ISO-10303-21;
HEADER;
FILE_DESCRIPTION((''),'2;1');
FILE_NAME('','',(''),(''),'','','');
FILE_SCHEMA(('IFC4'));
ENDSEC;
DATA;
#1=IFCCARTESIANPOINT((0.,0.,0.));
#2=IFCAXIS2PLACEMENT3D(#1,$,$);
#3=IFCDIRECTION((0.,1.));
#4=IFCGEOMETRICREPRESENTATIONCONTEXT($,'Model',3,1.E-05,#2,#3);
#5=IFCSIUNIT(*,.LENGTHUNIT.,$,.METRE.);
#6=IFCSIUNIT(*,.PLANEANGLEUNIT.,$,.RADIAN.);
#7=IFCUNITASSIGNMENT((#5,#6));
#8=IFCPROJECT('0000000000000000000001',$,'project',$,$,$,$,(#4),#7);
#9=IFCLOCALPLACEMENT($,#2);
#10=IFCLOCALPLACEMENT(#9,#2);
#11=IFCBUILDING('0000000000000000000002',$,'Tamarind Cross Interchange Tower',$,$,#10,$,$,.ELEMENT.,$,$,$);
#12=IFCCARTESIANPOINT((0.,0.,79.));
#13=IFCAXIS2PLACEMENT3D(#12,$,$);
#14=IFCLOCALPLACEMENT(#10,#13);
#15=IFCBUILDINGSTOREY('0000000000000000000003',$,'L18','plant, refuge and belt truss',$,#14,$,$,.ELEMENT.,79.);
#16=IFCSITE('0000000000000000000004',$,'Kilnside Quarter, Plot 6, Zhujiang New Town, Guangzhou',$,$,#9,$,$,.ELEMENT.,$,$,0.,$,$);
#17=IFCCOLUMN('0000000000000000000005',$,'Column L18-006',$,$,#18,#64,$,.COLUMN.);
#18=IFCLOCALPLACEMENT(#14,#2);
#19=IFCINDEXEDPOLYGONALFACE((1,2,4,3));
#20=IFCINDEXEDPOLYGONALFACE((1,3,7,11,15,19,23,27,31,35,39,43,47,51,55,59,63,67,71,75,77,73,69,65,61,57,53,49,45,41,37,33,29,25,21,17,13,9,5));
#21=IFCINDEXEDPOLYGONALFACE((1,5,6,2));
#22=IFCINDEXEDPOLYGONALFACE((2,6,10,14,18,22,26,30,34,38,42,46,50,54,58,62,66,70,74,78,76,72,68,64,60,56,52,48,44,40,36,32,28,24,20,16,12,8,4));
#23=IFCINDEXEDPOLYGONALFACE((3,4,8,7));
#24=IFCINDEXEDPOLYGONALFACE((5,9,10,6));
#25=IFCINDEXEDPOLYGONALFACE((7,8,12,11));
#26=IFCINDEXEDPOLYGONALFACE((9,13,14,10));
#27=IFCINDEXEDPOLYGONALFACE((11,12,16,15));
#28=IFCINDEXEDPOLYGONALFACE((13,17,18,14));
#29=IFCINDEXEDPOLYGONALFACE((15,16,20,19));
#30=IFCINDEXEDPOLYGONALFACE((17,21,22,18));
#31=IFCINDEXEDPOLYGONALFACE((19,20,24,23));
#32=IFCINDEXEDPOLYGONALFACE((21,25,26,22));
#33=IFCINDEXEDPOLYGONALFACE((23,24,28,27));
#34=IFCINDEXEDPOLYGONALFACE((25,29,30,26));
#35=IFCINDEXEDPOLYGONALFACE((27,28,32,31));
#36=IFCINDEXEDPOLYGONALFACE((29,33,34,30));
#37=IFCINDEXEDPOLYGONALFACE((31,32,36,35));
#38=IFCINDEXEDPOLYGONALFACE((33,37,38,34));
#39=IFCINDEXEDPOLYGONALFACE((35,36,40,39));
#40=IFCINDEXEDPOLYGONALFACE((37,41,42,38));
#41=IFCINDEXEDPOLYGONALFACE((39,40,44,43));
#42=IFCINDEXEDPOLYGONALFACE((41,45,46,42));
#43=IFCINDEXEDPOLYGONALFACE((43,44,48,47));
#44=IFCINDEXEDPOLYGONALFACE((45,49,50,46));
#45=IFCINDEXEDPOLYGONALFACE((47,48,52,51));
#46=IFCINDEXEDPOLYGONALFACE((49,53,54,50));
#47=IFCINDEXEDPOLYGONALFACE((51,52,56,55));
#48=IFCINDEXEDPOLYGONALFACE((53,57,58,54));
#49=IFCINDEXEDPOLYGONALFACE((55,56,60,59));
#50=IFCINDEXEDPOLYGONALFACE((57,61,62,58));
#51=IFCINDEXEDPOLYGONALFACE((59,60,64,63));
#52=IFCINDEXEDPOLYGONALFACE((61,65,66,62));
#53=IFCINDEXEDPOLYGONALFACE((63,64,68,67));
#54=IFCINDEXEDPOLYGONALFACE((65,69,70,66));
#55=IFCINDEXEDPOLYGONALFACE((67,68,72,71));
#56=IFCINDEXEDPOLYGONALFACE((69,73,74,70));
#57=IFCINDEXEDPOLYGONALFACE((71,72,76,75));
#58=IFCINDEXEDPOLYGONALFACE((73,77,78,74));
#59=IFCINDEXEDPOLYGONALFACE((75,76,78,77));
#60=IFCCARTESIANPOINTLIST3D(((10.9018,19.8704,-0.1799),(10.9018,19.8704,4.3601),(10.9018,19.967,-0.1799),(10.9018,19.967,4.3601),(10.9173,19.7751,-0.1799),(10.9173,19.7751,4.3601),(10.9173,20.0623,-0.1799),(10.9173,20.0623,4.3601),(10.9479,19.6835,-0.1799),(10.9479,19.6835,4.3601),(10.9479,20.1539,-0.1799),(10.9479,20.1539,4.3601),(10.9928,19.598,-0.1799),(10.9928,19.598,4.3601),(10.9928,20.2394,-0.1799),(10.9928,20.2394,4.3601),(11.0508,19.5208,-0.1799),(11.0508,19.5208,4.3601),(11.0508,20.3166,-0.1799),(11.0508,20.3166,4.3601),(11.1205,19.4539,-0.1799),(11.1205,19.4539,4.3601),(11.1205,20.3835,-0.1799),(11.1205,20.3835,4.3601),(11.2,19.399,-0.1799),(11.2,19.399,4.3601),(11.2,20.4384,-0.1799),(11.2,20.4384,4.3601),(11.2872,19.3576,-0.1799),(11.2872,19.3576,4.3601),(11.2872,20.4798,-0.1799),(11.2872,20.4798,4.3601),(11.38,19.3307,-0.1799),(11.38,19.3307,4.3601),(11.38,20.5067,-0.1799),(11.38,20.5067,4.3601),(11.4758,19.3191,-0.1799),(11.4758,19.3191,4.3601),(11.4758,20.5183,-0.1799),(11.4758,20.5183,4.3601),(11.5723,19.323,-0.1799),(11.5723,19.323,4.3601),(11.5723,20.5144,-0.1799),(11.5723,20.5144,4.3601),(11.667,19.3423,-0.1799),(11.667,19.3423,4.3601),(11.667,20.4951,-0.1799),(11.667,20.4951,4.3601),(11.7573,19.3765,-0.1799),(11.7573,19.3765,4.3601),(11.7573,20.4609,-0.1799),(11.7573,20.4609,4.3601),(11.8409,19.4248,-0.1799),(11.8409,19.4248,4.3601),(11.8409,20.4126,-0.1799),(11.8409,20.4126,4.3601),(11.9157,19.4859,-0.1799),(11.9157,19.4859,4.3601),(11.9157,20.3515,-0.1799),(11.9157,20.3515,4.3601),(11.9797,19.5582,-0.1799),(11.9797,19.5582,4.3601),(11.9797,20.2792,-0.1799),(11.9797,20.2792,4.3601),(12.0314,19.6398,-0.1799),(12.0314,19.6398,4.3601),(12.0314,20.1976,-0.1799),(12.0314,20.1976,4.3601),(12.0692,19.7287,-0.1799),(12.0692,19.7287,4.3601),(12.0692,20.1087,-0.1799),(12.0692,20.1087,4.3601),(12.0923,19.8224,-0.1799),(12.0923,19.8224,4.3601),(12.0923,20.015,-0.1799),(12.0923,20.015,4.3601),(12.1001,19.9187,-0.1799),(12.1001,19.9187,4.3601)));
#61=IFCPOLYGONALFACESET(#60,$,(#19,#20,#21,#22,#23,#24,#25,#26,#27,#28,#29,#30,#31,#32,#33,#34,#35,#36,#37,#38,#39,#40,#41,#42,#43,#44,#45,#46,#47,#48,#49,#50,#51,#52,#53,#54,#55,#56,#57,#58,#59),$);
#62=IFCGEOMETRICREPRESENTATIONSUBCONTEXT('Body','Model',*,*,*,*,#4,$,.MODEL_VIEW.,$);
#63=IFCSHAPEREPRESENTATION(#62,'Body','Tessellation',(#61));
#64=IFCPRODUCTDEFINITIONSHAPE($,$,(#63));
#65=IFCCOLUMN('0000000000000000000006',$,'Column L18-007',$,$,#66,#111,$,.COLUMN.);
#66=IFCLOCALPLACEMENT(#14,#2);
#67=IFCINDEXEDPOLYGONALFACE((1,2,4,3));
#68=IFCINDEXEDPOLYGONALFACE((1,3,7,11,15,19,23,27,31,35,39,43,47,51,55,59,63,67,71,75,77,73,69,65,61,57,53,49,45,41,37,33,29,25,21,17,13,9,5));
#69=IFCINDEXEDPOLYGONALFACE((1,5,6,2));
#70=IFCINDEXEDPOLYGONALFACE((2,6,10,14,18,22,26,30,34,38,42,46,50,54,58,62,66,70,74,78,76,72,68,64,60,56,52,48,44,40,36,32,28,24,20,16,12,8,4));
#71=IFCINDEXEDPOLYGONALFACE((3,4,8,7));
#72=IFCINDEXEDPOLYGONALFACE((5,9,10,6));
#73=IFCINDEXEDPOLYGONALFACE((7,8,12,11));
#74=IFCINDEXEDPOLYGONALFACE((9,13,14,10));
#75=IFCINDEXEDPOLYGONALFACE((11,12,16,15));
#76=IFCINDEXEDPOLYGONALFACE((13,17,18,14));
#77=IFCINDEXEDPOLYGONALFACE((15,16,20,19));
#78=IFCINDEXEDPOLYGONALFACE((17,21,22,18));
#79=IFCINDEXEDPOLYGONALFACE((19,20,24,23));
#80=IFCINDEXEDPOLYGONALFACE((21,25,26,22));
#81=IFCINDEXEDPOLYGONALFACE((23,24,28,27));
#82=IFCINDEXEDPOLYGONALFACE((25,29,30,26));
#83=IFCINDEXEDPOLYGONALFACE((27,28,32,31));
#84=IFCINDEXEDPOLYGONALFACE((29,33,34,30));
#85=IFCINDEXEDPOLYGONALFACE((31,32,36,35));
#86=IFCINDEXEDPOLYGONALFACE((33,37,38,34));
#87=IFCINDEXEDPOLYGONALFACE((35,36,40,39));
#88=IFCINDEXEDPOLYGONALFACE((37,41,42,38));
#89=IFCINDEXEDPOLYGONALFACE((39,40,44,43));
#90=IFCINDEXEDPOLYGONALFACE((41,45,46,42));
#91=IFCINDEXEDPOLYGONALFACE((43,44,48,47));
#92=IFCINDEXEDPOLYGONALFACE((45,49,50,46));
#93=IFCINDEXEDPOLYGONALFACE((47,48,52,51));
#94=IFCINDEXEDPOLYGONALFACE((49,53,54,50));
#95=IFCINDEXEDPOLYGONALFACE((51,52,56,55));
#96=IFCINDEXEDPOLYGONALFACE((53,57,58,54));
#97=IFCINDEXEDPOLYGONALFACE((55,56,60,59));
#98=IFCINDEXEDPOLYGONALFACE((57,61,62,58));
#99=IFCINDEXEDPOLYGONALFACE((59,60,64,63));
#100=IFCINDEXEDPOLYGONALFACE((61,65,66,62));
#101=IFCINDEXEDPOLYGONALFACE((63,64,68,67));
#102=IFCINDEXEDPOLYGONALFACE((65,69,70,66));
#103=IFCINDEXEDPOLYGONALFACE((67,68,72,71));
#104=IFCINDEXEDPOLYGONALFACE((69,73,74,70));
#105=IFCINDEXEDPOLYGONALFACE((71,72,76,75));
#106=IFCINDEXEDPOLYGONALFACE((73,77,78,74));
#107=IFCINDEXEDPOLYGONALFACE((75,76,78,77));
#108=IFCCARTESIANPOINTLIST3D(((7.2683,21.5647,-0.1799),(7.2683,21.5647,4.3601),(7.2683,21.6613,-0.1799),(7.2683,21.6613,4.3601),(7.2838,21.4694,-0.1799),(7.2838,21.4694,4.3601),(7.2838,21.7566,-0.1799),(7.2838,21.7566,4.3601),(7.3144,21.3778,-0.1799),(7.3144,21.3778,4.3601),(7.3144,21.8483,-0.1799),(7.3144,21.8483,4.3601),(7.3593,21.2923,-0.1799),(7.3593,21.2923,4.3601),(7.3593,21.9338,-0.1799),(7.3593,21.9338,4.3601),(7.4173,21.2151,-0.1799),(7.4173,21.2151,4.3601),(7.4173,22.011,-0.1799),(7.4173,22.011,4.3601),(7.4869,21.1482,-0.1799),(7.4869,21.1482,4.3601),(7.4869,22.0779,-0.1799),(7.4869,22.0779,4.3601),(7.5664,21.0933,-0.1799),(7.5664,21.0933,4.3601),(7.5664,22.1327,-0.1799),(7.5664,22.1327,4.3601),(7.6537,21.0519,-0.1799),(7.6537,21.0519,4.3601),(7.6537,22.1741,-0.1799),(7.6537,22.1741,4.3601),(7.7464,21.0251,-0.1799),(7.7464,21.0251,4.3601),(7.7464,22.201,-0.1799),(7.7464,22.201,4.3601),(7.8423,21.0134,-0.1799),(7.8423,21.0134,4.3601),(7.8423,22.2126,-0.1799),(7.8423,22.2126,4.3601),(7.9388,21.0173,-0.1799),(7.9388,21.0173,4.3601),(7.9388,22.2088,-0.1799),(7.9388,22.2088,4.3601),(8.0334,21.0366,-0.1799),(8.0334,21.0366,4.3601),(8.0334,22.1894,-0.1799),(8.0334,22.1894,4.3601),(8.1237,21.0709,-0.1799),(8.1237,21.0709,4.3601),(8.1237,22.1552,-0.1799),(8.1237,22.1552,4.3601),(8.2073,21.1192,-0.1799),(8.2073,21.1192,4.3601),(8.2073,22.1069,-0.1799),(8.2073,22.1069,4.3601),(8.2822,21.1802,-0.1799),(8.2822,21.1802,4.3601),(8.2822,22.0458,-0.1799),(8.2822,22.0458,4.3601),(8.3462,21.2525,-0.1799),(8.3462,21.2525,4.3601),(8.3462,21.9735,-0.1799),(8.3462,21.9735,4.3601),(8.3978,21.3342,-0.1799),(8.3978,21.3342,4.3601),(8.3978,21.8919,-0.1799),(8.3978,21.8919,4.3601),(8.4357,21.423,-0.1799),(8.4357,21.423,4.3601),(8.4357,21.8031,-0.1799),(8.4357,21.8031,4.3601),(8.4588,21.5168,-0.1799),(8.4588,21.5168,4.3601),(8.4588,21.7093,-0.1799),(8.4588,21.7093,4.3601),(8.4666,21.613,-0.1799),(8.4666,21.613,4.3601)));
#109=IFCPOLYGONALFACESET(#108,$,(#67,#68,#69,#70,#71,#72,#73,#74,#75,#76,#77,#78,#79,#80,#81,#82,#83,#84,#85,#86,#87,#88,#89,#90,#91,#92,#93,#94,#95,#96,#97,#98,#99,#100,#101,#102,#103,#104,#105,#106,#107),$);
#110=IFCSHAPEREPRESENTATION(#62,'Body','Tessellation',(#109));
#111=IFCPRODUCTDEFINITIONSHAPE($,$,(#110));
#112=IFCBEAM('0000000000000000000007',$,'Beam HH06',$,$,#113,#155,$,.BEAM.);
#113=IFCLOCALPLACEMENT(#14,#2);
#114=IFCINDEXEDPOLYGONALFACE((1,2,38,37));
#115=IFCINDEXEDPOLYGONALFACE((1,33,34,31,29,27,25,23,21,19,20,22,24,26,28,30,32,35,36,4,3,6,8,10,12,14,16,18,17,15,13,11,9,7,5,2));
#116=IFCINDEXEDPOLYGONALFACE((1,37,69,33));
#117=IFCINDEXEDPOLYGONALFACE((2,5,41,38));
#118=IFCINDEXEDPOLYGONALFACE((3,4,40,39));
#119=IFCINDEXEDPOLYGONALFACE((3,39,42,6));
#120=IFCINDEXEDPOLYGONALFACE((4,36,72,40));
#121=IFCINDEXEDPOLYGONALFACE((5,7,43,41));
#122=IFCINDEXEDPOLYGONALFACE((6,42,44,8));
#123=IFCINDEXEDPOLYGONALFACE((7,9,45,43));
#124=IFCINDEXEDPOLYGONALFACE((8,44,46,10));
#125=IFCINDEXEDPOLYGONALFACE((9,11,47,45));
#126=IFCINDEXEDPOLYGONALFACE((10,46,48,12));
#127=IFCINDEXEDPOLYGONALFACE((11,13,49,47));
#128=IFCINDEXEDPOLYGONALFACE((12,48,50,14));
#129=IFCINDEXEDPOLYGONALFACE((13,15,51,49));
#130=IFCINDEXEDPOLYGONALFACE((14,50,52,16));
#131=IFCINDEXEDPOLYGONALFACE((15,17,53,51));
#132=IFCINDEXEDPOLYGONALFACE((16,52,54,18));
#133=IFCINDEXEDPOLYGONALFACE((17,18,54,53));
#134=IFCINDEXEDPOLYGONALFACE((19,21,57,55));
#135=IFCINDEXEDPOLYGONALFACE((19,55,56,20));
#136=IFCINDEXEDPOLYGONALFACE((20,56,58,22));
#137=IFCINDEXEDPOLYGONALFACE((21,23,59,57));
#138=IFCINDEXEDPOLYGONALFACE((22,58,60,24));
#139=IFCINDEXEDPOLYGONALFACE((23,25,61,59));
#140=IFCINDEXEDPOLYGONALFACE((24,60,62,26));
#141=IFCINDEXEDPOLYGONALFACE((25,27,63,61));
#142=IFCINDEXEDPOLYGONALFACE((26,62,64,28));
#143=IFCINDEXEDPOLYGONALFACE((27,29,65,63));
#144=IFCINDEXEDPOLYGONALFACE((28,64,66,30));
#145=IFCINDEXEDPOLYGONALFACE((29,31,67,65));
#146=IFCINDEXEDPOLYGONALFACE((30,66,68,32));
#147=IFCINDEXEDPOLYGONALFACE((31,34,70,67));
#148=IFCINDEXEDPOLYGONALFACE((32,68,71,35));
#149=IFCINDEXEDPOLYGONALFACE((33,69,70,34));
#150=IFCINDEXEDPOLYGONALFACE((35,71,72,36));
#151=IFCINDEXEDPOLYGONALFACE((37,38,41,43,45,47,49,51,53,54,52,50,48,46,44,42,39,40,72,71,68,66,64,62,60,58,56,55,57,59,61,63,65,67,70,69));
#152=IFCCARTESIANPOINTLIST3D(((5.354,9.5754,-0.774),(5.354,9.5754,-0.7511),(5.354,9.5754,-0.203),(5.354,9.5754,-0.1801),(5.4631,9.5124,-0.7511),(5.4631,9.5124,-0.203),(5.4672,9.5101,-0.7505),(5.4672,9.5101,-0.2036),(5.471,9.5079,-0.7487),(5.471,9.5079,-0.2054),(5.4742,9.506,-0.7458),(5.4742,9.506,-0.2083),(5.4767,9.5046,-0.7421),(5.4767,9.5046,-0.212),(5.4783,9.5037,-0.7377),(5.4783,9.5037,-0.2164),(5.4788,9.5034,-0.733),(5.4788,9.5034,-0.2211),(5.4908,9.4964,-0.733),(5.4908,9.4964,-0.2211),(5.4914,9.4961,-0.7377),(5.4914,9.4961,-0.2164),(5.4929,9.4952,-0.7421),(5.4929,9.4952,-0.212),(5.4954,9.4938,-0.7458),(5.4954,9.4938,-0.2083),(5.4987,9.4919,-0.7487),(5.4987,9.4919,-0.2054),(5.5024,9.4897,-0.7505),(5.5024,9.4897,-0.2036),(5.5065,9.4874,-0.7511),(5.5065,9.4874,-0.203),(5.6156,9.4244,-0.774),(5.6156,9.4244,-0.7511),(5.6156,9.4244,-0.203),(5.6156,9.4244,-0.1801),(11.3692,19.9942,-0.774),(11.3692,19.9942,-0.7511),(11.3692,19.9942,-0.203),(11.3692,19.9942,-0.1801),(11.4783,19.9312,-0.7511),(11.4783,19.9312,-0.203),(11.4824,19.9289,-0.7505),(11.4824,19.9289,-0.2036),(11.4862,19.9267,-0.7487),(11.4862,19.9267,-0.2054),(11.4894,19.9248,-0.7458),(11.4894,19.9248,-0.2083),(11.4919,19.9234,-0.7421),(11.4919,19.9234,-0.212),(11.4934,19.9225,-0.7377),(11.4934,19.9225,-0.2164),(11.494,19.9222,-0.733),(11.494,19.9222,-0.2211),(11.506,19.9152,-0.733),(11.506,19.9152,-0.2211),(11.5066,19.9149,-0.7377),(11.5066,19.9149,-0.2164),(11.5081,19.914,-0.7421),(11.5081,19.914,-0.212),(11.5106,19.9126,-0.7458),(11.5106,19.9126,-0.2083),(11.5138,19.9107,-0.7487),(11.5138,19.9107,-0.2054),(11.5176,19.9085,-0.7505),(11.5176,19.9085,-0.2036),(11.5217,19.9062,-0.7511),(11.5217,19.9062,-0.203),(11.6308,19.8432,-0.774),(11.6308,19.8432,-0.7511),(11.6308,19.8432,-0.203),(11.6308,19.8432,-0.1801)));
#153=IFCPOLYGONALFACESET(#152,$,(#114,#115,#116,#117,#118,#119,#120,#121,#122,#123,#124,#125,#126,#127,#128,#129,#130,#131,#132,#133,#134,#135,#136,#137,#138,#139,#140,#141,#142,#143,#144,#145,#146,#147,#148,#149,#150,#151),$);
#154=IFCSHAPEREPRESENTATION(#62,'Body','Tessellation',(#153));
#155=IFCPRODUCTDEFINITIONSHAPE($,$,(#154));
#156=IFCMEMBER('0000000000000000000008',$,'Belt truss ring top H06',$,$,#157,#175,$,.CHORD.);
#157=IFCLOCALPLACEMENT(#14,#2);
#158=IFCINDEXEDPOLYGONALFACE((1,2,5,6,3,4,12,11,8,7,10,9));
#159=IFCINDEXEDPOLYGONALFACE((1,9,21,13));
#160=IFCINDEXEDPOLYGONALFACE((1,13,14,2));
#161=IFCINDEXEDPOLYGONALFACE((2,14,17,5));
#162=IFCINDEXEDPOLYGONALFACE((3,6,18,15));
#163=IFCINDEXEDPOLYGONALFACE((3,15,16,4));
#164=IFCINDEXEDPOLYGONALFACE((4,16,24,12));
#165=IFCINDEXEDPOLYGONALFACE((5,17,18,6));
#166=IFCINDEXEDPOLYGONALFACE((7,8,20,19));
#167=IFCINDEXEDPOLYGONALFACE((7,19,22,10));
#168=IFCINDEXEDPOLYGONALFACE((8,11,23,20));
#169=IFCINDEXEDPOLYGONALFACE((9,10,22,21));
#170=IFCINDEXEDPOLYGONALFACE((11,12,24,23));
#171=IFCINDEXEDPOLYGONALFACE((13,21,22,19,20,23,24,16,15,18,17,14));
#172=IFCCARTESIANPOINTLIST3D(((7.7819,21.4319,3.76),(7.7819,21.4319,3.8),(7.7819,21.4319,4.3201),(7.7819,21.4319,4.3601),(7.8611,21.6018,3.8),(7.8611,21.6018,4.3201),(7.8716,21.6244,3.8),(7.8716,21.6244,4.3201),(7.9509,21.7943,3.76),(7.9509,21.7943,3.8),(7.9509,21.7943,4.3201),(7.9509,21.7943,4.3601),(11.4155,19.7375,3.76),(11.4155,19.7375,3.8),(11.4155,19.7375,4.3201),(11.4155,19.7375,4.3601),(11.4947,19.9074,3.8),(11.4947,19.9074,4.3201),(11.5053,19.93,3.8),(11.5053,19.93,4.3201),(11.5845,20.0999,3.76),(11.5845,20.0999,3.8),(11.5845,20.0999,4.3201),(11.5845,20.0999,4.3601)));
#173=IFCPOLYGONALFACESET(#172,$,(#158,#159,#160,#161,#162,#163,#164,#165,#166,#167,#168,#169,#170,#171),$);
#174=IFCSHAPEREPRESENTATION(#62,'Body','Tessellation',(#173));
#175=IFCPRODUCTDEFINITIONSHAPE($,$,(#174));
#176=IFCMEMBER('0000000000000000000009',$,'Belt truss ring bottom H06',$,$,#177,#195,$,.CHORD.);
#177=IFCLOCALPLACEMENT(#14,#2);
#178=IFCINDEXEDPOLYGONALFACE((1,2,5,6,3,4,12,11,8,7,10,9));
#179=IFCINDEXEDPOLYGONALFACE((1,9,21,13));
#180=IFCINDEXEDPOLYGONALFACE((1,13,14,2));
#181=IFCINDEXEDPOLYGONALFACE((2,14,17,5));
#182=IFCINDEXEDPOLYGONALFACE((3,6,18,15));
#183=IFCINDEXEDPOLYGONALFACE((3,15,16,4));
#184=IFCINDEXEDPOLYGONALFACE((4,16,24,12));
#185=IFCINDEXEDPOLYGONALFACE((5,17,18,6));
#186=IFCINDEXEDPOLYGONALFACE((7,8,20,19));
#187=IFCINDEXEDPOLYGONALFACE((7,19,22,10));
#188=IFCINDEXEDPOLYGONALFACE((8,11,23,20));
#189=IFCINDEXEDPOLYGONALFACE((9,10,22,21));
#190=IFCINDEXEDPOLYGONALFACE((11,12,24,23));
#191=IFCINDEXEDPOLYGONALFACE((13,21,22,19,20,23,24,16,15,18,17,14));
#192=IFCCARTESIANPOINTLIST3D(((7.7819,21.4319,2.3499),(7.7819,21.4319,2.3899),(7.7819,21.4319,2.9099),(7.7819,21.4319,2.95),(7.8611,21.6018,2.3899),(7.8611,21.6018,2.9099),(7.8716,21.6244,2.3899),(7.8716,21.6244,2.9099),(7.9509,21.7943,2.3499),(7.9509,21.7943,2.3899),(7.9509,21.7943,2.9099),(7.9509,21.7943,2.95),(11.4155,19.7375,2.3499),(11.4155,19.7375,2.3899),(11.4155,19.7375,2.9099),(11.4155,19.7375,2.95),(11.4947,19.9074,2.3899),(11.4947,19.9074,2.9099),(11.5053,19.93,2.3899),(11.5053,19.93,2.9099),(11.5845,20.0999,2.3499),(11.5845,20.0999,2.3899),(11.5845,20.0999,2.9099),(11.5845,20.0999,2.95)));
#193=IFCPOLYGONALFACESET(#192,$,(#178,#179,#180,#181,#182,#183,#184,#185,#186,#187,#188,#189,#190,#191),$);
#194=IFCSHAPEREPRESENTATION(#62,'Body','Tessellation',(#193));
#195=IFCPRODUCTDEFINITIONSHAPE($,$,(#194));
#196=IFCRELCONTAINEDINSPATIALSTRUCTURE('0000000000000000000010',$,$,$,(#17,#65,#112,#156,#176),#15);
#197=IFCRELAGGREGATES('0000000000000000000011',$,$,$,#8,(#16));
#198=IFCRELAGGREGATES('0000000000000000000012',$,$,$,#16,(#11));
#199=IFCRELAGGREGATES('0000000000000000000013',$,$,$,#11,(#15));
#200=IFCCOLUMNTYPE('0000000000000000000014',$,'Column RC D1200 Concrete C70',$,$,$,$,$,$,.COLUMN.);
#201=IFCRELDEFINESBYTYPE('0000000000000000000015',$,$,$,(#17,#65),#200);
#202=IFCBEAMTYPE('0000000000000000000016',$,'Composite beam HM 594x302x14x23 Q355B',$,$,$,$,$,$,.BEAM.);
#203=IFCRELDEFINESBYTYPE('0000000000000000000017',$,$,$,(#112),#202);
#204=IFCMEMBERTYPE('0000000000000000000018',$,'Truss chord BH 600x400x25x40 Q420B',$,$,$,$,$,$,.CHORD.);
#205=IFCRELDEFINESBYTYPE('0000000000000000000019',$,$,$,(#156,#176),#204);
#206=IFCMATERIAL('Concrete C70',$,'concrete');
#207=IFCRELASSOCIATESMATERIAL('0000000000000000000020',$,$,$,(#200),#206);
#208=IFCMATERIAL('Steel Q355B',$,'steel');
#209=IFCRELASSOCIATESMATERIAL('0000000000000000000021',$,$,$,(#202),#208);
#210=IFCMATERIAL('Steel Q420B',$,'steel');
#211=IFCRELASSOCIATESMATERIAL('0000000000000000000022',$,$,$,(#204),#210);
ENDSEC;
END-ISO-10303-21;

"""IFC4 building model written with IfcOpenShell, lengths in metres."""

from ifc_helpers import new_model, si_unit, direction, frame, origin, origin_2d, place, context, subcontext, project, spatial, circle, i_section, extrude, material, material_profile, profile_set, type_object, element, save


model = new_model("IFC4")

# Units and contexts
model_context = context("Model", 3, precision=1e-05, world=origin(), true_north=direction((0.0, 1.0)))
body_context = subcontext(model_context, "Body", "Model", "MODEL_VIEW")
ifc_project = project(units=[si_unit("LENGTHUNIT", "METRE"), si_unit("PLANEANGLEUNIT", "RADIAN")], contexts=[model_context])

# Site, building, storey
site_placement = place(None, origin())
site = spatial("IfcSite", under=ifc_project, at=site_placement, Name="Kilnside Quarter, Plot 6, Zhujiang New Town, Guangzhou", CompositionType="ELEMENT", RefElevation=0.0)
building_placement = place(site_placement, origin())
building = spatial("IfcBuilding", under=site, at=building_placement, Name="Tamarind Cross Interchange Tower", CompositionType="ELEMENT")
storey_placement = place(building_placement, frame((0.0, 0.0, 79.0)))
storey = spatial("IfcBuildingStorey", under=building, at=storey_placement, Name="L18", Description="plant, refuge and belt truss", CompositionType="ELEMENT", Elevation=79.0)

# Columns
ifc_material_1 = material(Name="Concrete C70", Category="concrete")
ifc_material_profile_1 = material_profile(ifc_material_1, circle(Radius=0.6001, at=origin_2d()), Name="RC D1200")
ifc_profile_set_1 = profile_set([ifc_material_profile_1], Name="Concrete C70")
column_type = type_object("IfcColumnType", Name="Column RC D1200 Concrete C70", PredefinedType="COLUMN", material=ifc_profile_set_1)
for number, where, z_axis, x_axis, name in (
    (1, (11.5, 19.9187, -0.1799), (0.0, 0.0, 1.0), (1.0, 0.0, 0.0), "Column L18-006"),
    (2, (7.8665, 21.613, -0.1799), (0.0, 0.0, 1.0), (1.0, 0.0, 0.0), "Column L18-007"),
):
    element("IfcColumn", number, at=place(storey_placement, frame(where, z_axis=z_axis, x_axis=x_axis)), inside=storey, type_object=column_type, Name=name, PredefinedType="COLUMN", context=body_context, shape_type="SweptSolid", body=[
        extrude(circle(Radius=0.6001, at=origin_2d()), origin(), (0.0, 0.0, 1.0), 4.54),
    ])

# Beam
ifc_material_2 = material(Name="Steel Q355B", Category="steel")
ifc_material_profile_2 = material_profile(ifc_material_2, i_section(OverallWidth=0.302, OverallDepth=0.594, WebThickness=0.0139, FlangeThickness=0.0229, FilletRadius=0.0181, at=origin_2d()), Name="HM 594x302x14x23")
ifc_profile_set_2 = profile_set([ifc_material_profile_2], Name="Steel Q355B")
beam_type = type_object("IfcBeamType", Name="Composite beam HM 594x302x14x23 Q355B", PredefinedType="BEAM", material=ifc_profile_set_2)
beam_placement = place(storey_placement, frame((11.5, 19.9187, -0.4771), z_axis=(-0.499994, -0.866029, 0.0), x_axis=(0.866029, -0.499994, 0.0)))
element("IfcBeam", 3, at=beam_placement, inside=storey, type_object=beam_type, Name="Beam HH06", PredefinedType="BEAM", context=body_context, shape_type="SweptSolid", body=[
    extrude(i_section(OverallWidth=0.302, OverallDepth=0.594, WebThickness=0.0139, FlangeThickness=0.0229, FilletRadius=0.0181, at=origin_2d()), origin(), (0.0, 0.0, 1.0), 12.0305),
])

# Members
ifc_material_3 = material(Name="Steel Q420B", Category="steel")
ifc_material_profile_3 = material_profile(ifc_material_3, i_section(OverallWidth=0.3999, OverallDepth=0.6001, WebThickness=0.0249, FlangeThickness=0.04, at=origin_2d()), Name="BH 600x400x25x40")
ifc_profile_set_3 = profile_set([ifc_material_profile_3], Name="Steel Q420B")
member_type_1 = type_object("IfcMemberType", Name="Truss chord BH 600x400x25x40 Q420B", PredefinedType="CHORD", material=ifc_profile_set_3)
for number, where, z_axis, x_axis, name in (
    (4, (11.5, 19.9187, 4.0601), (-0.906309, 0.422615, 0.0), (-0.422615, -0.906309, 0.0), "Belt truss ring top H06"),
    (5, (11.5, 19.9187, 2.6499), (-0.906309, 0.422615, 0.0), (-0.422615, -0.906309, 0.0), "Belt truss ring bottom H06"),
):
    element("IfcMember", number, at=place(storey_placement, frame(where, z_axis=z_axis, x_axis=x_axis)), inside=storey, type_object=member_type_1, Name=name, PredefinedType="CHORD", context=body_context, shape_type="SweptSolid", body=[
        extrude(i_section(OverallWidth=0.3999, OverallDepth=0.6001, WebThickness=0.0249, FlangeThickness=0.04, at=origin_2d()), origin(), (0.0, 0.0, 1.0), 4.0093),
    ])

save(model, "model.ifc")
